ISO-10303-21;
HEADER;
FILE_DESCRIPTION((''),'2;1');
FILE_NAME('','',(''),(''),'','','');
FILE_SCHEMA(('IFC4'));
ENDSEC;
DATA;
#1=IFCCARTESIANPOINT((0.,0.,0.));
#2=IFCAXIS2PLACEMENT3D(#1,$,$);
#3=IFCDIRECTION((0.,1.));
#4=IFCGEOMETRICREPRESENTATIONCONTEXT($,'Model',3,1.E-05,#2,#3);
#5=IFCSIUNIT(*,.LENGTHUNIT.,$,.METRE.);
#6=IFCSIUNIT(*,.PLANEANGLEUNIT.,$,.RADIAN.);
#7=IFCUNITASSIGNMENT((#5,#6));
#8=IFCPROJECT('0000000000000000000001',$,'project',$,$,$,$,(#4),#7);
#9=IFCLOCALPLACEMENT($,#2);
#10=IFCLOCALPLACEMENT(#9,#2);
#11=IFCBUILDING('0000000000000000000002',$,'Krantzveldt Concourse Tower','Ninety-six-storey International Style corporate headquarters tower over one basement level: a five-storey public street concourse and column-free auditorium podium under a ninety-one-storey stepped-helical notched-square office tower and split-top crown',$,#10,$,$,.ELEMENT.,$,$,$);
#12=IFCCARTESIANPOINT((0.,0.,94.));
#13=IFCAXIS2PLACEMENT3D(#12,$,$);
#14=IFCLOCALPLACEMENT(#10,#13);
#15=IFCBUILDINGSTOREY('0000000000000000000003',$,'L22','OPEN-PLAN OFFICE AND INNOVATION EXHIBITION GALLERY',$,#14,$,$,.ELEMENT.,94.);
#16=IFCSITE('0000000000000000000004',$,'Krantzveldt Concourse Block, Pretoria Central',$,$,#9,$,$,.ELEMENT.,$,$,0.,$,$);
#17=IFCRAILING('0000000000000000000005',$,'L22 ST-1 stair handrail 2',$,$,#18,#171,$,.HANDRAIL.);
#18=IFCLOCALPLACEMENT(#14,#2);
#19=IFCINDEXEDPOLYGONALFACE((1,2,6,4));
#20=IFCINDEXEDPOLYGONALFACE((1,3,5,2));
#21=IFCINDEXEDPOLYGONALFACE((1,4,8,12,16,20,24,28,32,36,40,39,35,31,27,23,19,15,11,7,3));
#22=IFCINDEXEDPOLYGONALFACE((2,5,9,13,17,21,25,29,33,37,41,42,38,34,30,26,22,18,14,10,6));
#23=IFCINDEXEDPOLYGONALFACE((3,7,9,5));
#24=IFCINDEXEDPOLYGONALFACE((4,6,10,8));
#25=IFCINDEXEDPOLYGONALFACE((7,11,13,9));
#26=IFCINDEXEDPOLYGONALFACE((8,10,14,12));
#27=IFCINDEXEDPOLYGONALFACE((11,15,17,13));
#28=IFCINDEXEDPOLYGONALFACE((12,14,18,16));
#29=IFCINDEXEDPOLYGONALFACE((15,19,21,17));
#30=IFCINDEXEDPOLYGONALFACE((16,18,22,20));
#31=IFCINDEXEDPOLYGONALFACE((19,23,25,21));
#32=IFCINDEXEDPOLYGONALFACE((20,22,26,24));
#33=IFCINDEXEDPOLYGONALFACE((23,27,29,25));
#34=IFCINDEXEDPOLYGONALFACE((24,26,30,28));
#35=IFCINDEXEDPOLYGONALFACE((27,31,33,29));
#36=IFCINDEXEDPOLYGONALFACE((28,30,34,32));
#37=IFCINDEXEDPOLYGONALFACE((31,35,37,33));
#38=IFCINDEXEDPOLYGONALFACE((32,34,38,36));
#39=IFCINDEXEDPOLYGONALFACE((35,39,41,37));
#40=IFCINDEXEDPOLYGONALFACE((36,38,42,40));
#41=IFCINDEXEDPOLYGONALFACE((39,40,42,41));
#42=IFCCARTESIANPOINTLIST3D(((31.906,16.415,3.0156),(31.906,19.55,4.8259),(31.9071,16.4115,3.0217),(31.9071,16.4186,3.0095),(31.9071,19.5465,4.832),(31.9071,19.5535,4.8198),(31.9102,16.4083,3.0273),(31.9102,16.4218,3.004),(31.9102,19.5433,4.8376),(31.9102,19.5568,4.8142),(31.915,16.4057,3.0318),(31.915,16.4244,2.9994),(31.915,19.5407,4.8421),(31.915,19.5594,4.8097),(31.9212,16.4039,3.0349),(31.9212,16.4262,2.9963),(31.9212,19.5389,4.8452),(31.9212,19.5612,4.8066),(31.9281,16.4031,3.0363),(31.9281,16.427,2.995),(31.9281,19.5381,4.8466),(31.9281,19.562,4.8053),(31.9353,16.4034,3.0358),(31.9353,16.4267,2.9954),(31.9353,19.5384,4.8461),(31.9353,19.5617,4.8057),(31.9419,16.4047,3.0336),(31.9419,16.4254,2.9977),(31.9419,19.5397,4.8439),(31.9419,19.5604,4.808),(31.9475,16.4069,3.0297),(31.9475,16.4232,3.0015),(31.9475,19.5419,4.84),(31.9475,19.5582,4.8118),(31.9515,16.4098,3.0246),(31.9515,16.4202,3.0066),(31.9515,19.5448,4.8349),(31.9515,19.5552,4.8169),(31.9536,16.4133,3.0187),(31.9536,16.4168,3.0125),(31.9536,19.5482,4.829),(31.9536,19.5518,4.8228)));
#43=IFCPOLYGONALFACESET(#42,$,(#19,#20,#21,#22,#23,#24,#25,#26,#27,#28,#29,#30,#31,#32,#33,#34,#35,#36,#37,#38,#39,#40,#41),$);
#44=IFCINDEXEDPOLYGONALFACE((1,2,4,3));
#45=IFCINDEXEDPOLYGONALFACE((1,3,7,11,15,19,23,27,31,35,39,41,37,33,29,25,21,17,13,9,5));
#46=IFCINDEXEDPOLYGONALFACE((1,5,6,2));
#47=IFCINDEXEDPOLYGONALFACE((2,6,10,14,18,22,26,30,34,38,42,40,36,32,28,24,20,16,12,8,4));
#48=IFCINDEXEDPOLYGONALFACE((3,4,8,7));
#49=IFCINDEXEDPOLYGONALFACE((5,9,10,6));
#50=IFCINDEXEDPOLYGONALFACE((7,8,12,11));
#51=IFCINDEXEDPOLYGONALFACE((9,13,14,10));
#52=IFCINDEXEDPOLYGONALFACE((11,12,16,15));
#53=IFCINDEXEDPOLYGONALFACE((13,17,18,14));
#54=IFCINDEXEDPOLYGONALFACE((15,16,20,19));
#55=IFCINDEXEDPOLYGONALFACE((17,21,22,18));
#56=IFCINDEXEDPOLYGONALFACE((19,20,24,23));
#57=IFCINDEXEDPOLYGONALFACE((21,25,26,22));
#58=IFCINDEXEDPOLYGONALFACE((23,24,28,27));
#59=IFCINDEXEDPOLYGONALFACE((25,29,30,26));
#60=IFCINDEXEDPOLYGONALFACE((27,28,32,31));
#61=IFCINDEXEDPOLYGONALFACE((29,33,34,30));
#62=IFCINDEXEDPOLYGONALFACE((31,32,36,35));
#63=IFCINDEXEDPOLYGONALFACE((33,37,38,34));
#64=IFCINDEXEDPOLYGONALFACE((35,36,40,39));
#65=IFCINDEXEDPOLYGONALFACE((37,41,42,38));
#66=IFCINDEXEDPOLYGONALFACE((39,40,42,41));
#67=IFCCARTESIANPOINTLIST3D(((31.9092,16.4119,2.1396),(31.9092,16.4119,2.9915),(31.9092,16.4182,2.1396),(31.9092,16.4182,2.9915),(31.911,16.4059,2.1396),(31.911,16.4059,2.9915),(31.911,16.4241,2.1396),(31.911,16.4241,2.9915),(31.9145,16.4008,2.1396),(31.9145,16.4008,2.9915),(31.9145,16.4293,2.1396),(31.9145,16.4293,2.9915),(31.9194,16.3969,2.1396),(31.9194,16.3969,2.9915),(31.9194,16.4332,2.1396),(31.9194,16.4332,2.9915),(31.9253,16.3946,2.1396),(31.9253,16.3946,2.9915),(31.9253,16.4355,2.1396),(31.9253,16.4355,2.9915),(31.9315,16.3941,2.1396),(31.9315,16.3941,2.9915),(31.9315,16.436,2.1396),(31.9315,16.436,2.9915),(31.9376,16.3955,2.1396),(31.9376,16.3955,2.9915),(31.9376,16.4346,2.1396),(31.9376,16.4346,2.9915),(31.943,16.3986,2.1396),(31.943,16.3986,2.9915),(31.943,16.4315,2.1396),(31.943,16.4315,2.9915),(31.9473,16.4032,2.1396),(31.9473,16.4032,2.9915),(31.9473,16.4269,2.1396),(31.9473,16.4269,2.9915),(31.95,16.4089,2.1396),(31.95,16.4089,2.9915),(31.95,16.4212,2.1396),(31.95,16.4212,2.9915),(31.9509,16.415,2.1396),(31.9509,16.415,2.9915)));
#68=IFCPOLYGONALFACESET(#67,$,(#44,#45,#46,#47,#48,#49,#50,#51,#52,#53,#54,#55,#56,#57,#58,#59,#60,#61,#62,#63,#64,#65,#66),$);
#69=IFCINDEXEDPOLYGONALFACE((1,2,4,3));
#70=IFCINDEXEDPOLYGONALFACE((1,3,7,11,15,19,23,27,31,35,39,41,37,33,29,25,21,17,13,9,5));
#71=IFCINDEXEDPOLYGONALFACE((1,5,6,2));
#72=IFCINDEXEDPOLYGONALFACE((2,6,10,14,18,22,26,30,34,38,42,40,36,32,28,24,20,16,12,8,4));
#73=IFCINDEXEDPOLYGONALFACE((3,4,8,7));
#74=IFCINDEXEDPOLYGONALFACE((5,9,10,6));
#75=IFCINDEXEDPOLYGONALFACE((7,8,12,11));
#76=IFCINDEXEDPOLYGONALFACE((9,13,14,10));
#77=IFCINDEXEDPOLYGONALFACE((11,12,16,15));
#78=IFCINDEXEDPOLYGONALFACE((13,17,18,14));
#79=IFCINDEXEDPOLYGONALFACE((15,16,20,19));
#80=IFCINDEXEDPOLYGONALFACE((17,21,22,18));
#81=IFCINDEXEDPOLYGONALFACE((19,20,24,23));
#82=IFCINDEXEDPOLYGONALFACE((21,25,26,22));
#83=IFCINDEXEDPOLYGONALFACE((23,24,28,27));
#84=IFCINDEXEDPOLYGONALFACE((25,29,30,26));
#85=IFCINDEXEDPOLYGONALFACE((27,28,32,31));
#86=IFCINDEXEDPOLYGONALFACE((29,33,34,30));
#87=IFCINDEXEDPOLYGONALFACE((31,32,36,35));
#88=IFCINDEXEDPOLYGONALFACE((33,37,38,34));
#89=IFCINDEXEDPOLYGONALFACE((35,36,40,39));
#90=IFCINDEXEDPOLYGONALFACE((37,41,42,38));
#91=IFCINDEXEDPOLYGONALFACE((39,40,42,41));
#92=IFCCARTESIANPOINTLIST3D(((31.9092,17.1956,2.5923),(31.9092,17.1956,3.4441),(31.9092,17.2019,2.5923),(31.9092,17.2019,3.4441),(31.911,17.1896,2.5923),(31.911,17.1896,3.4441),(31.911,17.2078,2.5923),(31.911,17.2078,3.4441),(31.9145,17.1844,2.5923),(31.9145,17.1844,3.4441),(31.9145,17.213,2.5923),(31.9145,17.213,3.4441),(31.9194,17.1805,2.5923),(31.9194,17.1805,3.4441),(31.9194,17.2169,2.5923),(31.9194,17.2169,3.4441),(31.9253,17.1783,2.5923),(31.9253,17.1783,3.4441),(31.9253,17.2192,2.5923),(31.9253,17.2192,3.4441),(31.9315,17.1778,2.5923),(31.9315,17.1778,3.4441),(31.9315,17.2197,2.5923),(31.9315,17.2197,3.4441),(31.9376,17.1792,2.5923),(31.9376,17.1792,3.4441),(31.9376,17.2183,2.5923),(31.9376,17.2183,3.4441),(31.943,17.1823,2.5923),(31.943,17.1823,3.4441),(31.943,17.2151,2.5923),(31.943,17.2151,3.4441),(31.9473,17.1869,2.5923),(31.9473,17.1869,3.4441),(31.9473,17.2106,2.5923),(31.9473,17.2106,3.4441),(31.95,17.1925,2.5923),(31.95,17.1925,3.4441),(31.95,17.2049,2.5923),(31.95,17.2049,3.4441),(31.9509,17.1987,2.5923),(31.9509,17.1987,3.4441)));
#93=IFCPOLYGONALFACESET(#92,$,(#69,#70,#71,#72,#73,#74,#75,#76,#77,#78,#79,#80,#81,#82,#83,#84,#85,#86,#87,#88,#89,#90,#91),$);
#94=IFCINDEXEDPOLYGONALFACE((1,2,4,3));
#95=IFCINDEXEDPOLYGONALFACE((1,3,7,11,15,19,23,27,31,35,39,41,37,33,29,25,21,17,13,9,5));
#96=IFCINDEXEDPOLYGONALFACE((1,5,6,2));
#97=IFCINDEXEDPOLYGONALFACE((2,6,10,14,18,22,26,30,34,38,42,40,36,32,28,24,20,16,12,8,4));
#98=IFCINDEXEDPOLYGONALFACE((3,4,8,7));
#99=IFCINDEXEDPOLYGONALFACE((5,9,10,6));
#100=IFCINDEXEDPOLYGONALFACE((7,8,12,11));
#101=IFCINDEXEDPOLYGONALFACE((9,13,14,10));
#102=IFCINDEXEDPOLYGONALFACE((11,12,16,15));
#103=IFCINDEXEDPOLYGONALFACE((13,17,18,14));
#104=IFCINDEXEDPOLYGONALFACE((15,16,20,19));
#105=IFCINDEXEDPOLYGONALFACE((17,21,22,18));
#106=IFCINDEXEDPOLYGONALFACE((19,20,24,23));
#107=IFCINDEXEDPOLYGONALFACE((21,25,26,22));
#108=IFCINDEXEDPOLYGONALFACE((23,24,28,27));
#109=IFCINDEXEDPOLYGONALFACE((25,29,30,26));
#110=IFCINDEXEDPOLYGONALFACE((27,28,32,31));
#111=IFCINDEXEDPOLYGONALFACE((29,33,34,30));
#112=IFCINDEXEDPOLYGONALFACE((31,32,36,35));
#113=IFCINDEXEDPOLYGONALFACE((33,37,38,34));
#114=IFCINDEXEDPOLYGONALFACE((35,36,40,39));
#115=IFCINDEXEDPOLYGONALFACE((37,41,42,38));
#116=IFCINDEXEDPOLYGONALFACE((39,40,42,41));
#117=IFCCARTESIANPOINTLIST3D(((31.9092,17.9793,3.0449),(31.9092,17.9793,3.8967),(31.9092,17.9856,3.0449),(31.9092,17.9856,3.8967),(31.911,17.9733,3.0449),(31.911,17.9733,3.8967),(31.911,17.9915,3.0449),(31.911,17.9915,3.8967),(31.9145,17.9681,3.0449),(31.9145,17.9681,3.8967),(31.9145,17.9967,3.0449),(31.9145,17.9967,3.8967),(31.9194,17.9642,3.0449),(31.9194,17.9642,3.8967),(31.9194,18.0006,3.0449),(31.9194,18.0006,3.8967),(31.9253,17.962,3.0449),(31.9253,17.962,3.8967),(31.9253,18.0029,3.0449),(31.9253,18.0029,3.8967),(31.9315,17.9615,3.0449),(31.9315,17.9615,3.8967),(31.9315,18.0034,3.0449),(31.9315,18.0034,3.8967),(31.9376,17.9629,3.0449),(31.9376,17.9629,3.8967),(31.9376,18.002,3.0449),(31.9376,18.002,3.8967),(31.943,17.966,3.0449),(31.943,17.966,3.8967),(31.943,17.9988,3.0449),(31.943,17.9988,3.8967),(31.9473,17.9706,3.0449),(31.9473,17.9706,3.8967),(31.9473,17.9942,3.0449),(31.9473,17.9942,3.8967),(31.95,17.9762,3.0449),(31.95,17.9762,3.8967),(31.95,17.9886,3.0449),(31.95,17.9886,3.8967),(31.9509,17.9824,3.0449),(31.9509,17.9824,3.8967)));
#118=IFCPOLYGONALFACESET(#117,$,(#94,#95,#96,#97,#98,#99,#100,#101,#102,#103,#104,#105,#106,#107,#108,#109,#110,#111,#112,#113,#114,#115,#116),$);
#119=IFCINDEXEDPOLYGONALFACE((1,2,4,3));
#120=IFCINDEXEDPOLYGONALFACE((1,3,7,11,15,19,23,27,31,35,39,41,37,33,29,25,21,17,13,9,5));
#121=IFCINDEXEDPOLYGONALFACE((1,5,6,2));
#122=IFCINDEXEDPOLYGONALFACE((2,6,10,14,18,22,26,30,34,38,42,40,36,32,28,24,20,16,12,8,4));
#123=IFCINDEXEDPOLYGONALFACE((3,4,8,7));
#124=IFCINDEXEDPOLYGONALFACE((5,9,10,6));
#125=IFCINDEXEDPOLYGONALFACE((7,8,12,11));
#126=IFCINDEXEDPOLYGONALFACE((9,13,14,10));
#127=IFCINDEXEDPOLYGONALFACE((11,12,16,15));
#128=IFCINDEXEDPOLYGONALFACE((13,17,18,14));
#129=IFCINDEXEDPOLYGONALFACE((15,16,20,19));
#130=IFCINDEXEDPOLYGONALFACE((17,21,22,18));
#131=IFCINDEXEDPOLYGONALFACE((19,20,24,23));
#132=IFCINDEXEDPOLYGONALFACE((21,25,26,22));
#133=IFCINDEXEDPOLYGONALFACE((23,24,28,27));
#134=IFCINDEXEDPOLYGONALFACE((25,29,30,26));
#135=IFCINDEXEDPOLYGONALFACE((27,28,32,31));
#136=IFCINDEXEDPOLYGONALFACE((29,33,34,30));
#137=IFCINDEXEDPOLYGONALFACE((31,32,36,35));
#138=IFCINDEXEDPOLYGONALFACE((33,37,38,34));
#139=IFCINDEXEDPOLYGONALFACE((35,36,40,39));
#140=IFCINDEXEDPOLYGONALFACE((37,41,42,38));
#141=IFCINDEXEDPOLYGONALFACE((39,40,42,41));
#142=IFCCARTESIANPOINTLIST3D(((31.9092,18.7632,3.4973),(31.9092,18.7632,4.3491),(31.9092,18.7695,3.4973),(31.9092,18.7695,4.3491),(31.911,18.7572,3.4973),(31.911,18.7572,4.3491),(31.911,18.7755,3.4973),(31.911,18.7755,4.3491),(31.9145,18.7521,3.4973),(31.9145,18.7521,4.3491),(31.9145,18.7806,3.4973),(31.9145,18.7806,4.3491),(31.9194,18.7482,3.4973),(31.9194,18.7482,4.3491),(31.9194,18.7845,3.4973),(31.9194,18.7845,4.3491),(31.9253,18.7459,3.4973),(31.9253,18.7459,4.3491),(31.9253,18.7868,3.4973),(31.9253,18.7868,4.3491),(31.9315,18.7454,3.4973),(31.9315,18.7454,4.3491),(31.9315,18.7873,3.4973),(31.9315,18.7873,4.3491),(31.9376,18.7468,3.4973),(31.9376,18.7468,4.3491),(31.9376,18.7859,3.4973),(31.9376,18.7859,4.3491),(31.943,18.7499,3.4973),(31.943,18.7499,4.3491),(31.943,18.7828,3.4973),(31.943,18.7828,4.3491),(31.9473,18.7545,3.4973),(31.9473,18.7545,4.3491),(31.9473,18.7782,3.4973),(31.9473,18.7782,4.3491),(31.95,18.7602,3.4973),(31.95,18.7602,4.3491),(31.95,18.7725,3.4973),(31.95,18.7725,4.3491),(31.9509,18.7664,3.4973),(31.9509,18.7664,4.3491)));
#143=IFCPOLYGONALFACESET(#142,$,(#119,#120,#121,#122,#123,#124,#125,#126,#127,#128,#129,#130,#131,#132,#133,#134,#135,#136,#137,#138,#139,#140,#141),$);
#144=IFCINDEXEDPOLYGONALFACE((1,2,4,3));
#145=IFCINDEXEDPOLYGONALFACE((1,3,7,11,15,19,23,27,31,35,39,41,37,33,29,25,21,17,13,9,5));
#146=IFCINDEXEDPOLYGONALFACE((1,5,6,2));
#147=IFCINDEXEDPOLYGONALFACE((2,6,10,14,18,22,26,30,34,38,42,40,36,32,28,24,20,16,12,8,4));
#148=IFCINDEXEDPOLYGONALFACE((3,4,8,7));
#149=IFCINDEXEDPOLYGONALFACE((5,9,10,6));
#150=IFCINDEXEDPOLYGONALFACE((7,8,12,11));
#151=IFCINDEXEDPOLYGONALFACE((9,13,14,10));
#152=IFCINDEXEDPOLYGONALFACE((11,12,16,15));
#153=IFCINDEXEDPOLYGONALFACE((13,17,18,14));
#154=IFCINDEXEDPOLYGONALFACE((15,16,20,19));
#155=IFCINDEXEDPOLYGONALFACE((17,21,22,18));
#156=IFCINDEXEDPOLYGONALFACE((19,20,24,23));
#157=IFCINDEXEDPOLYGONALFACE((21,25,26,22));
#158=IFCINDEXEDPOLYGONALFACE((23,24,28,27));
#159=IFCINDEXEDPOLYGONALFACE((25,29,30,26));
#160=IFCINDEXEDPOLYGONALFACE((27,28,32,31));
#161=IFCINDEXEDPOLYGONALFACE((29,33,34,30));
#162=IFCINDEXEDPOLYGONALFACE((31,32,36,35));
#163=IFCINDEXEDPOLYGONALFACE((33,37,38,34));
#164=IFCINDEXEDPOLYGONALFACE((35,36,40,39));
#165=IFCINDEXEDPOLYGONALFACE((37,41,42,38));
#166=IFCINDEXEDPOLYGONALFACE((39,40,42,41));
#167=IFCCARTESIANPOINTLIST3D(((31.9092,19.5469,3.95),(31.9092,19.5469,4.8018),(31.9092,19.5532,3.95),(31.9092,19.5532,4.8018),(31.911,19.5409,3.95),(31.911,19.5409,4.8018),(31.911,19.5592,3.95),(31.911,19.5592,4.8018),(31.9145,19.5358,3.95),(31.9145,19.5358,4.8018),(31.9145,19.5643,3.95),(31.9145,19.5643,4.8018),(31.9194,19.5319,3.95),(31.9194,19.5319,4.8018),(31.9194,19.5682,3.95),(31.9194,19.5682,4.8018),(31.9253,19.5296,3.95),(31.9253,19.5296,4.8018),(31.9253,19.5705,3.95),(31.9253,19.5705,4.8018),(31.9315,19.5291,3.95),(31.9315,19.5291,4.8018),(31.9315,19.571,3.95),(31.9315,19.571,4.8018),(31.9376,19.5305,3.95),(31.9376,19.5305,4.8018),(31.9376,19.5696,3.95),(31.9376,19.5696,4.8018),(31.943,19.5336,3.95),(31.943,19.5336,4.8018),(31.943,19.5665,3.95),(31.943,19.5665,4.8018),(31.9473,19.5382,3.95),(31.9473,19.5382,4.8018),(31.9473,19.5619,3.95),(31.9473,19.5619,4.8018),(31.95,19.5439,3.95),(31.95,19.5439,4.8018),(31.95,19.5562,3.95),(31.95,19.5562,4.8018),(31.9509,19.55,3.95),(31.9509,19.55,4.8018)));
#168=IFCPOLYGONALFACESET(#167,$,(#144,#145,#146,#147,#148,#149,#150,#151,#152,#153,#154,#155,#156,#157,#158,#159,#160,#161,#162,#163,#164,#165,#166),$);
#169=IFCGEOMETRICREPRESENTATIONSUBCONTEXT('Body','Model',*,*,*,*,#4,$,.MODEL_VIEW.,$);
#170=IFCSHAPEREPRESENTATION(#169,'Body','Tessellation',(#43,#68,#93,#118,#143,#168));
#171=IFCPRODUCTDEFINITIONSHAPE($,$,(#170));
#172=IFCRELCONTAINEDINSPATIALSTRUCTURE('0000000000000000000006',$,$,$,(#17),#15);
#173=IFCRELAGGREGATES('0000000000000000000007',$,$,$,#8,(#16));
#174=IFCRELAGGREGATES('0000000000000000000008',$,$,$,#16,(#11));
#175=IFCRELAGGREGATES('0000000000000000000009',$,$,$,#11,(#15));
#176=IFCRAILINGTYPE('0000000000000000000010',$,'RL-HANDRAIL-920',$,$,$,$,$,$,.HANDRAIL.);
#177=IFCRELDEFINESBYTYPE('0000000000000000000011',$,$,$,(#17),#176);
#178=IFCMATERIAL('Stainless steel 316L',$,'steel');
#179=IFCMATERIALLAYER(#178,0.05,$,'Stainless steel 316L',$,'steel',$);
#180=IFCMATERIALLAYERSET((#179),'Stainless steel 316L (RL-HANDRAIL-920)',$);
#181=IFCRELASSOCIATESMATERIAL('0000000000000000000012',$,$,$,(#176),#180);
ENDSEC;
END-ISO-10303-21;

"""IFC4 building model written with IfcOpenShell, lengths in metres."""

from ifc_helpers import new_model, si_unit, direction, frame, origin, origin_2d, place, context, subcontext, project, spatial, circle, extrude, material, layer, layer_set, type_object, element, save


model = new_model("IFC4")

# Units and contexts
model_context = context("Model", 3, precision=1e-05, world=origin(), true_north=direction((0.0, 1.0)))
body_context = subcontext(model_context, "Body", "Model", "MODEL_VIEW")
ifc_project = project(units=[si_unit("LENGTHUNIT", "METRE"), si_unit("PLANEANGLEUNIT", "RADIAN")], contexts=[model_context])

# Site, building, storey
site_placement = place(None, origin())
site = spatial("IfcSite", under=ifc_project, at=site_placement, Name="Krantzveldt Concourse Block, Pretoria Central", CompositionType="ELEMENT", RefElevation=0.0)
building_placement = place(site_placement, origin())
building = spatial("IfcBuilding", under=site, at=building_placement, Name="Krantzveldt Concourse Tower", Description="Ninety-six-storey International Style corporate headquarters tower over one basement level: a five-storey public street concourse and column-free auditorium podium under a ninety-one-storey stepped-helical notched-square office tower and split-top crown", CompositionType="ELEMENT")
storey_placement = place(building_placement, frame((0.0, 0.0, 94.0)))
storey = spatial("IfcBuildingStorey", under=building, at=storey_placement, Name="L22", Description="OPEN-PLAN OFFICE AND INNOVATION EXHIBITION GALLERY", CompositionType="ELEMENT", Elevation=94.0)

# Railing
ifc_material_1 = material(Name="Stainless steel 316L", Category="steel")
ifc_layer_1 = layer(ifc_material_1, 0.05, Name="Stainless steel 316L", Category="steel")
ifc_layer_set_1 = layer_set([ifc_layer_1], Name="Stainless steel 316L (RL-HANDRAIL-920)")
railing_type_1 = type_object("IfcRailingType", Name="RL-HANDRAIL-920", PredefinedType="HANDRAIL", material=ifc_layer_set_1)
railing_1_placement = place(storey_placement, frame((31.9299, 16.415, 2.1396)))
element("IfcRailing", 1, at=railing_1_placement, inside=storey, type_object=railing_type_1, Name="L22 ST-1 stair handrail 2", PredefinedType="HANDRAIL", context=body_context, shape_type="SweptSolid", body=[
    extrude(circle(Radius=0.0239, at=origin_2d()), frame((0.0, 0.0, 0.876), z_axis=(0.0, 0.865989, 0.500063), x_axis=(-1.0, 0.0, 0.0)), (0.0, 0.0, 1.0), 3.6201),
    extrude(circle(Radius=0.021, at=origin_2d()), origin(), (0.0, 0.0, 1.0), 0.8518),
    extrude(circle(Radius=0.021, at=origin_2d()), frame((0.0, 0.7837, 0.4526)), (0.0, 0.0, 1.0), 0.8518),
    extrude(circle(Radius=0.021, at=origin_2d()), frame((0.0, 1.5674, 0.9053)), (0.0, 0.0, 1.0), 0.8518),
    extrude(circle(Radius=0.021, at=origin_2d()), frame((0.0, 2.3513, 1.3577)), (0.0, 0.0, 1.0), 0.8518),
    extrude(circle(Radius=0.021, at=origin_2d()), frame((0.0, 3.135, 1.8103)), (0.0, 0.0, 1.0), 0.8518),
])

save(model, "model.ifc")
